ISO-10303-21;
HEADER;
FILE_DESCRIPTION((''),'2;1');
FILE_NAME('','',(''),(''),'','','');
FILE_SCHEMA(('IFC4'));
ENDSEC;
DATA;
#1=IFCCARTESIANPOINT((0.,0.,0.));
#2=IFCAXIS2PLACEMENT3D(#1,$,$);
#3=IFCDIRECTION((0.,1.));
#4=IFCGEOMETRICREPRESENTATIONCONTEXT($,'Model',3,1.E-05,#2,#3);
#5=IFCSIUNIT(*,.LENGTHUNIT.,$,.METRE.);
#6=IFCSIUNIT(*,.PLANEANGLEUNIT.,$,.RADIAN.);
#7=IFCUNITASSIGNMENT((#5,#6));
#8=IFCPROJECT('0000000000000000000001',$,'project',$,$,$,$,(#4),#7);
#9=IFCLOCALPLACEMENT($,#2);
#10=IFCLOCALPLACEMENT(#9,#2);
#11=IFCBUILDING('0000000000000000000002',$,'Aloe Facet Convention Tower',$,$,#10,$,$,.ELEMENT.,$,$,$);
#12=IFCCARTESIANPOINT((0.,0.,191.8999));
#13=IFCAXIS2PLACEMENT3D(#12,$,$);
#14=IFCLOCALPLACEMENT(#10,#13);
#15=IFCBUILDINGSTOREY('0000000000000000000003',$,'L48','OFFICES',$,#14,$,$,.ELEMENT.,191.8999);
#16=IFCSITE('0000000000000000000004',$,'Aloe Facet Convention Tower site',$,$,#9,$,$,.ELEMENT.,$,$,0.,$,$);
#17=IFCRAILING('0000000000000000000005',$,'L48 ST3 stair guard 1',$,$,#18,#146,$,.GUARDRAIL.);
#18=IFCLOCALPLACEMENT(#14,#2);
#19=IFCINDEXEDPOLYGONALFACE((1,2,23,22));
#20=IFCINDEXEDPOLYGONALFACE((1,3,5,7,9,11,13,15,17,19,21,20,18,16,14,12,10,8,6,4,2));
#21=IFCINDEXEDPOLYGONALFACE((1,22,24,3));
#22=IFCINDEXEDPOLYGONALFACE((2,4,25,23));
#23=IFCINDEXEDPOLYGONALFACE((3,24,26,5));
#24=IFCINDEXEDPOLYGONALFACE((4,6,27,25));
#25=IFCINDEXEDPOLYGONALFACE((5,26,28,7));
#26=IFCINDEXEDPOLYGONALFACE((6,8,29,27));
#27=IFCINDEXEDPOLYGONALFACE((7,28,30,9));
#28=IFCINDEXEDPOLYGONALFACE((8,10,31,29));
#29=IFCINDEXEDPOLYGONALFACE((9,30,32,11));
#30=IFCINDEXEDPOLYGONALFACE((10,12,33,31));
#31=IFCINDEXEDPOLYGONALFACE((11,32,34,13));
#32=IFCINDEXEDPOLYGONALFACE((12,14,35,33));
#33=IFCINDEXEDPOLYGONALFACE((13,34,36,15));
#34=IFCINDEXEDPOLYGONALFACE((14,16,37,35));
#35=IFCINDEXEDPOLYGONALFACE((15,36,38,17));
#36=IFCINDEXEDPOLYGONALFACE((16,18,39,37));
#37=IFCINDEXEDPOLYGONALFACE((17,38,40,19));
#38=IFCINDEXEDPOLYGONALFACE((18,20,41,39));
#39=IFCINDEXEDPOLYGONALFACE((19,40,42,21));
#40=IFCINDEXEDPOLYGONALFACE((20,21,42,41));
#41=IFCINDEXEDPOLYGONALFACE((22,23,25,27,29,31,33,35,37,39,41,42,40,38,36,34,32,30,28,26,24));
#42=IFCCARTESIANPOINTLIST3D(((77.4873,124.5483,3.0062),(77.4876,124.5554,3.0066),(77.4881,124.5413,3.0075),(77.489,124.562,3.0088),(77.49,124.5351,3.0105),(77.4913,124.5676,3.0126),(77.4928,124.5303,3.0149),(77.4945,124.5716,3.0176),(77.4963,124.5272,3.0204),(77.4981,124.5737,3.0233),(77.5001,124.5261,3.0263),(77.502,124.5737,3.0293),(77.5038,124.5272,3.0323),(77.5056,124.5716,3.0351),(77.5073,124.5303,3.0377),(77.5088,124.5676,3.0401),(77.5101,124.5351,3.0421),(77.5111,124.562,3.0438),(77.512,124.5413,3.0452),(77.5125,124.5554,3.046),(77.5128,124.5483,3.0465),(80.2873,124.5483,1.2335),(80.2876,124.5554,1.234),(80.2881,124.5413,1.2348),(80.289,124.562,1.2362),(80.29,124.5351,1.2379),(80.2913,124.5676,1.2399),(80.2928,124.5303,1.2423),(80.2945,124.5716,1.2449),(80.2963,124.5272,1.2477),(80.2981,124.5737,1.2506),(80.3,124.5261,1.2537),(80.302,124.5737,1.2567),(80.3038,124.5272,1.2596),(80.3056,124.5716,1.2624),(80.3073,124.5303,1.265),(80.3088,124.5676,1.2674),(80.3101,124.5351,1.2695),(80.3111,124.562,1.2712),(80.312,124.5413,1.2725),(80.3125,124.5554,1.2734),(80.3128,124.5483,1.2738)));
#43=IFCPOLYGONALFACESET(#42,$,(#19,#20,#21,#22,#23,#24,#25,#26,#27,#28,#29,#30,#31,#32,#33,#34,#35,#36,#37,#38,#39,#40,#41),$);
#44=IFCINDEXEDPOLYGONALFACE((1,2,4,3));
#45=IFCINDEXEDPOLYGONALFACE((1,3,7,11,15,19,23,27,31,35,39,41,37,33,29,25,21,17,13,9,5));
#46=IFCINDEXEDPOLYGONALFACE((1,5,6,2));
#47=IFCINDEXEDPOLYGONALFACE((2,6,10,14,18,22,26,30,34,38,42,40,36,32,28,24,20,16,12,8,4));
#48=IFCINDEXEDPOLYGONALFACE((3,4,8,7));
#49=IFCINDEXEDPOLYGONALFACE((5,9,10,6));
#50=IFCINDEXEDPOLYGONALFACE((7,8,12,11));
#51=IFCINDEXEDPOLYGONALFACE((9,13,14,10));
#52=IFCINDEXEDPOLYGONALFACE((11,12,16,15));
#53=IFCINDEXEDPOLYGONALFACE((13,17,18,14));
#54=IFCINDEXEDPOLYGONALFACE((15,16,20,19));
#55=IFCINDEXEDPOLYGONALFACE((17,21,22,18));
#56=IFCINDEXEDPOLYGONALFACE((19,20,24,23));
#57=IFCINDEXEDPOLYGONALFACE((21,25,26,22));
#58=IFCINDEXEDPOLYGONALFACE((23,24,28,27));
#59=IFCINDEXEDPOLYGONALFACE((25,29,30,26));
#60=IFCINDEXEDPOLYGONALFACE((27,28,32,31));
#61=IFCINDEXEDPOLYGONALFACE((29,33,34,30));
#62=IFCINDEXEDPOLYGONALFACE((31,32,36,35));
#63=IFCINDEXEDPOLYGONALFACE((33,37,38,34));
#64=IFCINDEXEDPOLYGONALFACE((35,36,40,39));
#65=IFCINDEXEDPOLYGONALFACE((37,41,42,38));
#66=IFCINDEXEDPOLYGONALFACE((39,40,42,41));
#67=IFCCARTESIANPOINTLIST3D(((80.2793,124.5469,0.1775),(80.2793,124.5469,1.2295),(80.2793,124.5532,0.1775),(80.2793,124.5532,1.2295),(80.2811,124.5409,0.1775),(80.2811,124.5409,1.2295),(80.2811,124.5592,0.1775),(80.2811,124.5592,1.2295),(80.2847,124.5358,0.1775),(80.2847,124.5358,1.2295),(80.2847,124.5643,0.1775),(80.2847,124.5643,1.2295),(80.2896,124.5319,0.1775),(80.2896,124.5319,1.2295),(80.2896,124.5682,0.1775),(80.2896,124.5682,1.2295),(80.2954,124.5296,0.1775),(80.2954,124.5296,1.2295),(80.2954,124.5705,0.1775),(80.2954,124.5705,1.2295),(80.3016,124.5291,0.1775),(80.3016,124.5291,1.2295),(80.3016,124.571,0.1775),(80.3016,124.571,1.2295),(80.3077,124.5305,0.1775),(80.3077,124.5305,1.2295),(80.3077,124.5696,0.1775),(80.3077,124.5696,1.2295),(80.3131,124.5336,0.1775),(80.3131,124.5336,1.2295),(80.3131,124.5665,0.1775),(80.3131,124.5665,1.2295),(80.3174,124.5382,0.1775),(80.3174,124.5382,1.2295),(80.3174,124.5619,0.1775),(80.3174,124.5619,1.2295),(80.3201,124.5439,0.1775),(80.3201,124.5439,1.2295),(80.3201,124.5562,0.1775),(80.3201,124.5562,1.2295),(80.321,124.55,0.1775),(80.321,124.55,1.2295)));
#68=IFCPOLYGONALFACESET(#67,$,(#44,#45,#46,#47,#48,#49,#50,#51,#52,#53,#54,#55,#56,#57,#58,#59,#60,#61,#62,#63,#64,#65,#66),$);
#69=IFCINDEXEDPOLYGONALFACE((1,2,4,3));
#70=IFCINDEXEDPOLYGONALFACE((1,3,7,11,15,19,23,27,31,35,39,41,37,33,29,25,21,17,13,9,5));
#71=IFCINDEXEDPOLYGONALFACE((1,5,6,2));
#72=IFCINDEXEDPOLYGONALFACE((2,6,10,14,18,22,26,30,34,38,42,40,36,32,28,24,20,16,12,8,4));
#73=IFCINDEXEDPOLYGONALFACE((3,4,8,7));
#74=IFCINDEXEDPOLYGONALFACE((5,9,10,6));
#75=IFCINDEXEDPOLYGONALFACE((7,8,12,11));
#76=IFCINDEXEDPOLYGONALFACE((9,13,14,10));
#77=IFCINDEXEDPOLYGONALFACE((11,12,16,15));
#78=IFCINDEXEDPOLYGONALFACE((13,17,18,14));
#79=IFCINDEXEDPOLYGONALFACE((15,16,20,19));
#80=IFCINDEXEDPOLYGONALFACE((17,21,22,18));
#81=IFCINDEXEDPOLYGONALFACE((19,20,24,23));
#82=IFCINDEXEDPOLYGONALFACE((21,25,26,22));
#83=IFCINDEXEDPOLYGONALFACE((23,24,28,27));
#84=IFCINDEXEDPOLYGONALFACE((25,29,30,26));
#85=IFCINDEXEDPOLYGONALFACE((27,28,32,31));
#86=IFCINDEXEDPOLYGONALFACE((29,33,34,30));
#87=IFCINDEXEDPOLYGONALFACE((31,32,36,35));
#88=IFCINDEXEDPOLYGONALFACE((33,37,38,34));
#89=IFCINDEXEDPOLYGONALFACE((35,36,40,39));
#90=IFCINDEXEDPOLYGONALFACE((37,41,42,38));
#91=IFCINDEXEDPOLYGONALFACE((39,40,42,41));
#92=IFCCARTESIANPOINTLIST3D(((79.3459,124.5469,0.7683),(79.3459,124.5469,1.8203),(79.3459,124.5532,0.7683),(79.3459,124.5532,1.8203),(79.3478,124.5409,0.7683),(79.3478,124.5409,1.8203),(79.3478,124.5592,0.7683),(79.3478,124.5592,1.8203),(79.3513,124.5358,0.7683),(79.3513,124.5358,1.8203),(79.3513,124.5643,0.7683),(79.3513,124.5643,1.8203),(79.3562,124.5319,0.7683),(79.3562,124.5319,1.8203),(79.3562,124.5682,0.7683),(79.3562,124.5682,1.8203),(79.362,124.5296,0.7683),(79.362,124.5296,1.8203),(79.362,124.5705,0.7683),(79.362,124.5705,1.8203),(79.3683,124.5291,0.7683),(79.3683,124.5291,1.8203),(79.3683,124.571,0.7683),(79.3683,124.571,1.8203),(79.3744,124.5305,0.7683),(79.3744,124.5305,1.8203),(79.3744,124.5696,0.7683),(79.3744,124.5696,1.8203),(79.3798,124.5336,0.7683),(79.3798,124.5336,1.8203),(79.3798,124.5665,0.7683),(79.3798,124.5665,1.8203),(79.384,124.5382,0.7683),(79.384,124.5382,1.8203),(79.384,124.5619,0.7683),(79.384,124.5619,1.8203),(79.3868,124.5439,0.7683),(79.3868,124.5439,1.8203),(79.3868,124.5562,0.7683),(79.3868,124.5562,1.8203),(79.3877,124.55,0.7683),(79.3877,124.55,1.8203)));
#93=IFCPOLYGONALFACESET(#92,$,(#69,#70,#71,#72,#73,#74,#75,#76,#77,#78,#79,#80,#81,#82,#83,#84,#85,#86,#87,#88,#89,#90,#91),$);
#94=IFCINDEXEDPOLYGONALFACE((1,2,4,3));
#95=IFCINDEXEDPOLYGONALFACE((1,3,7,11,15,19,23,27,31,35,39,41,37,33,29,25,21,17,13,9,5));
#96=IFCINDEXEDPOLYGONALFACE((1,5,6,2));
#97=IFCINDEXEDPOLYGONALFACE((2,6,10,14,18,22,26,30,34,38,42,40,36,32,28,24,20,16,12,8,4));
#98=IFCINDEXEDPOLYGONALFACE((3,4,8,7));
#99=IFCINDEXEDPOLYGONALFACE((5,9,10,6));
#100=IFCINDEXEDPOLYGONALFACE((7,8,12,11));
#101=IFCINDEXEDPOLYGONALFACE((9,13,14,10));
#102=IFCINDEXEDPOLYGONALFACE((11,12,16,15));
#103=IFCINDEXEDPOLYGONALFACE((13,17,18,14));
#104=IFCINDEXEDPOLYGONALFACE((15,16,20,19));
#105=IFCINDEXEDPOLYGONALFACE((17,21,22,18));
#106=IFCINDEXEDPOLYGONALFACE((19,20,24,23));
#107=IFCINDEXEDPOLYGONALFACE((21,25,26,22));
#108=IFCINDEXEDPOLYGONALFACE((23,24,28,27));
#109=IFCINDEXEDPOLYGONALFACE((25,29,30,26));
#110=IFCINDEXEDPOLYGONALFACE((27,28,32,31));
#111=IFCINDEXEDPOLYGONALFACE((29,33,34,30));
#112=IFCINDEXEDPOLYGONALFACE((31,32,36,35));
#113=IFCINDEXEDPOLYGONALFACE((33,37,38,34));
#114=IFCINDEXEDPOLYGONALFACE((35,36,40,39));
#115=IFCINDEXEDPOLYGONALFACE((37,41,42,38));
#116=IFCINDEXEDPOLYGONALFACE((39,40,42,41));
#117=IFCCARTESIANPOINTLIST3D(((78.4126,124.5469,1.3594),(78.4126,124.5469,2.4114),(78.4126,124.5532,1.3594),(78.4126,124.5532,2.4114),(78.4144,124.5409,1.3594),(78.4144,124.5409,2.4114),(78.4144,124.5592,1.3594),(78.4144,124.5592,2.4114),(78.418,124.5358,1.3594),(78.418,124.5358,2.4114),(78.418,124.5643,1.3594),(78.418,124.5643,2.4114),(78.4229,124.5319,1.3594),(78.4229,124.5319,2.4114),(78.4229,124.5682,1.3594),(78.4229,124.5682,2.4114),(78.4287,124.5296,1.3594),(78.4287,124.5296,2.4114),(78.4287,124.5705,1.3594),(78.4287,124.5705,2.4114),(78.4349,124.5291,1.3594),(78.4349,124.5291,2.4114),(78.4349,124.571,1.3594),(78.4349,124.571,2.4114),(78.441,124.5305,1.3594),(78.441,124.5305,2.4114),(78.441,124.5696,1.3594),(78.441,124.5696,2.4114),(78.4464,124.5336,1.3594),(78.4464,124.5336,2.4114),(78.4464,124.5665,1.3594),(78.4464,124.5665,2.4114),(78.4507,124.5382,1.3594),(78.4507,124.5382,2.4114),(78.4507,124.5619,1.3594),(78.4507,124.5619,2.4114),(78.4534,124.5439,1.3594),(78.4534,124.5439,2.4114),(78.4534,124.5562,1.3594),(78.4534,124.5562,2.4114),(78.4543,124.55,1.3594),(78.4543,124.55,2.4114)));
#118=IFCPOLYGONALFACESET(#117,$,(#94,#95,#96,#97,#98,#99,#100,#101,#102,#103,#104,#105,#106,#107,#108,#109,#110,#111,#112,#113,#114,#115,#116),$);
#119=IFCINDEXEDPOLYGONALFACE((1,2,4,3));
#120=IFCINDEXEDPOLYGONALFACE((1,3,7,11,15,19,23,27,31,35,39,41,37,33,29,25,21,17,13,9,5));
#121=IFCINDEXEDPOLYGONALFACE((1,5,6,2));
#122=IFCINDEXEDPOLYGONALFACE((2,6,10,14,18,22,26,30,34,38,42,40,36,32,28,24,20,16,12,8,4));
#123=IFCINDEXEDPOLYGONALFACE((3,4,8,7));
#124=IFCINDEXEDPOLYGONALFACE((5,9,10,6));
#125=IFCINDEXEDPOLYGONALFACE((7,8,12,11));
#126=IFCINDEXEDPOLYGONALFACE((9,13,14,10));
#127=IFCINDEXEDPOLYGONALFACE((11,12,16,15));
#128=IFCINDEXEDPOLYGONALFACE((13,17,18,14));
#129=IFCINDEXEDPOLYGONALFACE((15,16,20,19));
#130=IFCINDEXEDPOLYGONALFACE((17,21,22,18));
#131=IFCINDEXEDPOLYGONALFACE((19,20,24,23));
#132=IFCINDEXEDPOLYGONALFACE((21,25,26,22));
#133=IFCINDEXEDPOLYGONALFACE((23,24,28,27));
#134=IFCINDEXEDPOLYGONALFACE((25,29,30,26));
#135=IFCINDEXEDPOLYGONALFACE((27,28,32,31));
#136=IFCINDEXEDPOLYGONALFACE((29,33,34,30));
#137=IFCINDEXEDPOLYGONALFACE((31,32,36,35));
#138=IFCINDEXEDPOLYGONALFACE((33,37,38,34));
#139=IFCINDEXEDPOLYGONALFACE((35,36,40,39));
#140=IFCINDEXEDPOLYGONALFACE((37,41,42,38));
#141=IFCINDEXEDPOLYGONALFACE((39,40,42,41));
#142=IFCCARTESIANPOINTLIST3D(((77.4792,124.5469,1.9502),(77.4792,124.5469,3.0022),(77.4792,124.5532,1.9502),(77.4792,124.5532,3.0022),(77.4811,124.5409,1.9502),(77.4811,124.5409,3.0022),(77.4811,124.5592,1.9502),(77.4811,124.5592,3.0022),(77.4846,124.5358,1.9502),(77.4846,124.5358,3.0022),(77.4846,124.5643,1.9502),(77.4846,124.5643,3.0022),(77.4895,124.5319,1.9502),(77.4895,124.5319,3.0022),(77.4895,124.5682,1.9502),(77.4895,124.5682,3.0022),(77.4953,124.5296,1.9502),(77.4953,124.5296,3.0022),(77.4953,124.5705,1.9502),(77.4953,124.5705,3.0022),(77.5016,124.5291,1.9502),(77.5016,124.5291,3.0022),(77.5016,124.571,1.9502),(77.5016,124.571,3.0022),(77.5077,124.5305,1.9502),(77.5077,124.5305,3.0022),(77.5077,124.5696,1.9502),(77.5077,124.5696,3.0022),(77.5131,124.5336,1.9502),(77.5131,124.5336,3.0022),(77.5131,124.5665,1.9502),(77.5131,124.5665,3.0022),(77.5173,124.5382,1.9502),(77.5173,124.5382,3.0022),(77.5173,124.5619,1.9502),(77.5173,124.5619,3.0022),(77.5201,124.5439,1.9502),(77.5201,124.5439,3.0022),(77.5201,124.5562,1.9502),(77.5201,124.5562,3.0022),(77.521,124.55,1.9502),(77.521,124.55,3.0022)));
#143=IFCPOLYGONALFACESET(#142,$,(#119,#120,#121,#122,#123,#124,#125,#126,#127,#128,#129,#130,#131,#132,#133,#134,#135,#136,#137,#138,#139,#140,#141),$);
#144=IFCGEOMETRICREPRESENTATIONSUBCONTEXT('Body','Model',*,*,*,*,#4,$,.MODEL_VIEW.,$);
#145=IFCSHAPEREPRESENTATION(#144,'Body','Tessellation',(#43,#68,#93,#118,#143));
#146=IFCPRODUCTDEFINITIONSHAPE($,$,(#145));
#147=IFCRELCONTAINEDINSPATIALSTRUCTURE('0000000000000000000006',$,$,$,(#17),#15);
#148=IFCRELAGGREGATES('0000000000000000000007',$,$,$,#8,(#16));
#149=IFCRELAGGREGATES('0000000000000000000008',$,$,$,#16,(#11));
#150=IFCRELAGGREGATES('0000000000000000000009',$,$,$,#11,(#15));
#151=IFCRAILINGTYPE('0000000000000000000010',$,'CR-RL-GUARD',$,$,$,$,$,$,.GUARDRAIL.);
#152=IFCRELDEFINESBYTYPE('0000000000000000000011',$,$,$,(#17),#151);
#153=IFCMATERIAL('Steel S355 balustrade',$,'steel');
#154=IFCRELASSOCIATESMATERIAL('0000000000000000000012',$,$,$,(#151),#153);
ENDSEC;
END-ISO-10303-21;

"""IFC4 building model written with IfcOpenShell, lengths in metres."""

from ifc_helpers import new_model, si_unit, direction, frame, origin, origin_2d, place, context, subcontext, project, spatial, circle, extrude, material, type_object, element, save


model = new_model("IFC4")

# Units and contexts
model_context = context("Model", 3, precision=1e-05, world=origin(), true_north=direction((0.0, 1.0)))
body_context = subcontext(model_context, "Body", "Model", "MODEL_VIEW")
ifc_project = project(units=[si_unit("LENGTHUNIT", "METRE"), si_unit("PLANEANGLEUNIT", "RADIAN")], contexts=[model_context])

# Site, building, storey
site_placement = place(None, origin())
site = spatial("IfcSite", under=ifc_project, at=site_placement, Name="Aloe Facet Convention Tower site", CompositionType="ELEMENT", RefElevation=0.0)
building_placement = place(site_placement, origin())
building = spatial("IfcBuilding", under=site, at=building_placement, Name="Aloe Facet Convention Tower", CompositionType="ELEMENT")
storey_placement = place(building_placement, frame((0.0, 0.0, 191.8999)))
storey = spatial("IfcBuildingStorey", under=building, at=storey_placement, Name="L48", Description="OFFICES", CompositionType="ELEMENT", Elevation=191.8999)

# Railing
ifc_material_1 = material(Name="Steel S355 balustrade", Category="steel")
railing_type_1 = type_object("IfcRailingType", Name="CR-RL-GUARD", PredefinedType="GUARDRAIL", material=ifc_material_1)
railing_1_placement = place(storey_placement, frame((80.3, 124.55, 0.1775)))
element("IfcRailing", 1, at=railing_1_placement, inside=storey, type_object=railing_type_1, Name="L48 ST3 stair guard 1", PredefinedType="GUARDRAIL", context=body_context, shape_type="SweptSolid", body=[
    extrude(circle(Radius=0.0239, at=origin_2d()), frame((0.0, 0.0, 1.0762), z_axis=(-0.844909, 0.0, 0.53491), x_axis=(0.0, -1.0, 0.0)), (0.0, 0.0, 1.0), 3.314),
    extrude(circle(Radius=0.021, at=origin_2d()), origin(), (0.0, 0.0, 1.0), 1.052),
    extrude(circle(Radius=0.021, at=origin_2d()), frame((-0.9333, 0.0, 0.5908)), (0.0, 0.0, 1.0), 1.052),
    extrude(circle(Radius=0.021, at=origin_2d()), frame((-1.8667, 0.0, 1.1819)), (0.0, 0.0, 1.0), 1.052),
    extrude(circle(Radius=0.021, at=origin_2d()), frame((-2.8, 0.0, 1.7727)), (0.0, 0.0, 1.0), 1.052),
])

save(model, "model.ifc")
